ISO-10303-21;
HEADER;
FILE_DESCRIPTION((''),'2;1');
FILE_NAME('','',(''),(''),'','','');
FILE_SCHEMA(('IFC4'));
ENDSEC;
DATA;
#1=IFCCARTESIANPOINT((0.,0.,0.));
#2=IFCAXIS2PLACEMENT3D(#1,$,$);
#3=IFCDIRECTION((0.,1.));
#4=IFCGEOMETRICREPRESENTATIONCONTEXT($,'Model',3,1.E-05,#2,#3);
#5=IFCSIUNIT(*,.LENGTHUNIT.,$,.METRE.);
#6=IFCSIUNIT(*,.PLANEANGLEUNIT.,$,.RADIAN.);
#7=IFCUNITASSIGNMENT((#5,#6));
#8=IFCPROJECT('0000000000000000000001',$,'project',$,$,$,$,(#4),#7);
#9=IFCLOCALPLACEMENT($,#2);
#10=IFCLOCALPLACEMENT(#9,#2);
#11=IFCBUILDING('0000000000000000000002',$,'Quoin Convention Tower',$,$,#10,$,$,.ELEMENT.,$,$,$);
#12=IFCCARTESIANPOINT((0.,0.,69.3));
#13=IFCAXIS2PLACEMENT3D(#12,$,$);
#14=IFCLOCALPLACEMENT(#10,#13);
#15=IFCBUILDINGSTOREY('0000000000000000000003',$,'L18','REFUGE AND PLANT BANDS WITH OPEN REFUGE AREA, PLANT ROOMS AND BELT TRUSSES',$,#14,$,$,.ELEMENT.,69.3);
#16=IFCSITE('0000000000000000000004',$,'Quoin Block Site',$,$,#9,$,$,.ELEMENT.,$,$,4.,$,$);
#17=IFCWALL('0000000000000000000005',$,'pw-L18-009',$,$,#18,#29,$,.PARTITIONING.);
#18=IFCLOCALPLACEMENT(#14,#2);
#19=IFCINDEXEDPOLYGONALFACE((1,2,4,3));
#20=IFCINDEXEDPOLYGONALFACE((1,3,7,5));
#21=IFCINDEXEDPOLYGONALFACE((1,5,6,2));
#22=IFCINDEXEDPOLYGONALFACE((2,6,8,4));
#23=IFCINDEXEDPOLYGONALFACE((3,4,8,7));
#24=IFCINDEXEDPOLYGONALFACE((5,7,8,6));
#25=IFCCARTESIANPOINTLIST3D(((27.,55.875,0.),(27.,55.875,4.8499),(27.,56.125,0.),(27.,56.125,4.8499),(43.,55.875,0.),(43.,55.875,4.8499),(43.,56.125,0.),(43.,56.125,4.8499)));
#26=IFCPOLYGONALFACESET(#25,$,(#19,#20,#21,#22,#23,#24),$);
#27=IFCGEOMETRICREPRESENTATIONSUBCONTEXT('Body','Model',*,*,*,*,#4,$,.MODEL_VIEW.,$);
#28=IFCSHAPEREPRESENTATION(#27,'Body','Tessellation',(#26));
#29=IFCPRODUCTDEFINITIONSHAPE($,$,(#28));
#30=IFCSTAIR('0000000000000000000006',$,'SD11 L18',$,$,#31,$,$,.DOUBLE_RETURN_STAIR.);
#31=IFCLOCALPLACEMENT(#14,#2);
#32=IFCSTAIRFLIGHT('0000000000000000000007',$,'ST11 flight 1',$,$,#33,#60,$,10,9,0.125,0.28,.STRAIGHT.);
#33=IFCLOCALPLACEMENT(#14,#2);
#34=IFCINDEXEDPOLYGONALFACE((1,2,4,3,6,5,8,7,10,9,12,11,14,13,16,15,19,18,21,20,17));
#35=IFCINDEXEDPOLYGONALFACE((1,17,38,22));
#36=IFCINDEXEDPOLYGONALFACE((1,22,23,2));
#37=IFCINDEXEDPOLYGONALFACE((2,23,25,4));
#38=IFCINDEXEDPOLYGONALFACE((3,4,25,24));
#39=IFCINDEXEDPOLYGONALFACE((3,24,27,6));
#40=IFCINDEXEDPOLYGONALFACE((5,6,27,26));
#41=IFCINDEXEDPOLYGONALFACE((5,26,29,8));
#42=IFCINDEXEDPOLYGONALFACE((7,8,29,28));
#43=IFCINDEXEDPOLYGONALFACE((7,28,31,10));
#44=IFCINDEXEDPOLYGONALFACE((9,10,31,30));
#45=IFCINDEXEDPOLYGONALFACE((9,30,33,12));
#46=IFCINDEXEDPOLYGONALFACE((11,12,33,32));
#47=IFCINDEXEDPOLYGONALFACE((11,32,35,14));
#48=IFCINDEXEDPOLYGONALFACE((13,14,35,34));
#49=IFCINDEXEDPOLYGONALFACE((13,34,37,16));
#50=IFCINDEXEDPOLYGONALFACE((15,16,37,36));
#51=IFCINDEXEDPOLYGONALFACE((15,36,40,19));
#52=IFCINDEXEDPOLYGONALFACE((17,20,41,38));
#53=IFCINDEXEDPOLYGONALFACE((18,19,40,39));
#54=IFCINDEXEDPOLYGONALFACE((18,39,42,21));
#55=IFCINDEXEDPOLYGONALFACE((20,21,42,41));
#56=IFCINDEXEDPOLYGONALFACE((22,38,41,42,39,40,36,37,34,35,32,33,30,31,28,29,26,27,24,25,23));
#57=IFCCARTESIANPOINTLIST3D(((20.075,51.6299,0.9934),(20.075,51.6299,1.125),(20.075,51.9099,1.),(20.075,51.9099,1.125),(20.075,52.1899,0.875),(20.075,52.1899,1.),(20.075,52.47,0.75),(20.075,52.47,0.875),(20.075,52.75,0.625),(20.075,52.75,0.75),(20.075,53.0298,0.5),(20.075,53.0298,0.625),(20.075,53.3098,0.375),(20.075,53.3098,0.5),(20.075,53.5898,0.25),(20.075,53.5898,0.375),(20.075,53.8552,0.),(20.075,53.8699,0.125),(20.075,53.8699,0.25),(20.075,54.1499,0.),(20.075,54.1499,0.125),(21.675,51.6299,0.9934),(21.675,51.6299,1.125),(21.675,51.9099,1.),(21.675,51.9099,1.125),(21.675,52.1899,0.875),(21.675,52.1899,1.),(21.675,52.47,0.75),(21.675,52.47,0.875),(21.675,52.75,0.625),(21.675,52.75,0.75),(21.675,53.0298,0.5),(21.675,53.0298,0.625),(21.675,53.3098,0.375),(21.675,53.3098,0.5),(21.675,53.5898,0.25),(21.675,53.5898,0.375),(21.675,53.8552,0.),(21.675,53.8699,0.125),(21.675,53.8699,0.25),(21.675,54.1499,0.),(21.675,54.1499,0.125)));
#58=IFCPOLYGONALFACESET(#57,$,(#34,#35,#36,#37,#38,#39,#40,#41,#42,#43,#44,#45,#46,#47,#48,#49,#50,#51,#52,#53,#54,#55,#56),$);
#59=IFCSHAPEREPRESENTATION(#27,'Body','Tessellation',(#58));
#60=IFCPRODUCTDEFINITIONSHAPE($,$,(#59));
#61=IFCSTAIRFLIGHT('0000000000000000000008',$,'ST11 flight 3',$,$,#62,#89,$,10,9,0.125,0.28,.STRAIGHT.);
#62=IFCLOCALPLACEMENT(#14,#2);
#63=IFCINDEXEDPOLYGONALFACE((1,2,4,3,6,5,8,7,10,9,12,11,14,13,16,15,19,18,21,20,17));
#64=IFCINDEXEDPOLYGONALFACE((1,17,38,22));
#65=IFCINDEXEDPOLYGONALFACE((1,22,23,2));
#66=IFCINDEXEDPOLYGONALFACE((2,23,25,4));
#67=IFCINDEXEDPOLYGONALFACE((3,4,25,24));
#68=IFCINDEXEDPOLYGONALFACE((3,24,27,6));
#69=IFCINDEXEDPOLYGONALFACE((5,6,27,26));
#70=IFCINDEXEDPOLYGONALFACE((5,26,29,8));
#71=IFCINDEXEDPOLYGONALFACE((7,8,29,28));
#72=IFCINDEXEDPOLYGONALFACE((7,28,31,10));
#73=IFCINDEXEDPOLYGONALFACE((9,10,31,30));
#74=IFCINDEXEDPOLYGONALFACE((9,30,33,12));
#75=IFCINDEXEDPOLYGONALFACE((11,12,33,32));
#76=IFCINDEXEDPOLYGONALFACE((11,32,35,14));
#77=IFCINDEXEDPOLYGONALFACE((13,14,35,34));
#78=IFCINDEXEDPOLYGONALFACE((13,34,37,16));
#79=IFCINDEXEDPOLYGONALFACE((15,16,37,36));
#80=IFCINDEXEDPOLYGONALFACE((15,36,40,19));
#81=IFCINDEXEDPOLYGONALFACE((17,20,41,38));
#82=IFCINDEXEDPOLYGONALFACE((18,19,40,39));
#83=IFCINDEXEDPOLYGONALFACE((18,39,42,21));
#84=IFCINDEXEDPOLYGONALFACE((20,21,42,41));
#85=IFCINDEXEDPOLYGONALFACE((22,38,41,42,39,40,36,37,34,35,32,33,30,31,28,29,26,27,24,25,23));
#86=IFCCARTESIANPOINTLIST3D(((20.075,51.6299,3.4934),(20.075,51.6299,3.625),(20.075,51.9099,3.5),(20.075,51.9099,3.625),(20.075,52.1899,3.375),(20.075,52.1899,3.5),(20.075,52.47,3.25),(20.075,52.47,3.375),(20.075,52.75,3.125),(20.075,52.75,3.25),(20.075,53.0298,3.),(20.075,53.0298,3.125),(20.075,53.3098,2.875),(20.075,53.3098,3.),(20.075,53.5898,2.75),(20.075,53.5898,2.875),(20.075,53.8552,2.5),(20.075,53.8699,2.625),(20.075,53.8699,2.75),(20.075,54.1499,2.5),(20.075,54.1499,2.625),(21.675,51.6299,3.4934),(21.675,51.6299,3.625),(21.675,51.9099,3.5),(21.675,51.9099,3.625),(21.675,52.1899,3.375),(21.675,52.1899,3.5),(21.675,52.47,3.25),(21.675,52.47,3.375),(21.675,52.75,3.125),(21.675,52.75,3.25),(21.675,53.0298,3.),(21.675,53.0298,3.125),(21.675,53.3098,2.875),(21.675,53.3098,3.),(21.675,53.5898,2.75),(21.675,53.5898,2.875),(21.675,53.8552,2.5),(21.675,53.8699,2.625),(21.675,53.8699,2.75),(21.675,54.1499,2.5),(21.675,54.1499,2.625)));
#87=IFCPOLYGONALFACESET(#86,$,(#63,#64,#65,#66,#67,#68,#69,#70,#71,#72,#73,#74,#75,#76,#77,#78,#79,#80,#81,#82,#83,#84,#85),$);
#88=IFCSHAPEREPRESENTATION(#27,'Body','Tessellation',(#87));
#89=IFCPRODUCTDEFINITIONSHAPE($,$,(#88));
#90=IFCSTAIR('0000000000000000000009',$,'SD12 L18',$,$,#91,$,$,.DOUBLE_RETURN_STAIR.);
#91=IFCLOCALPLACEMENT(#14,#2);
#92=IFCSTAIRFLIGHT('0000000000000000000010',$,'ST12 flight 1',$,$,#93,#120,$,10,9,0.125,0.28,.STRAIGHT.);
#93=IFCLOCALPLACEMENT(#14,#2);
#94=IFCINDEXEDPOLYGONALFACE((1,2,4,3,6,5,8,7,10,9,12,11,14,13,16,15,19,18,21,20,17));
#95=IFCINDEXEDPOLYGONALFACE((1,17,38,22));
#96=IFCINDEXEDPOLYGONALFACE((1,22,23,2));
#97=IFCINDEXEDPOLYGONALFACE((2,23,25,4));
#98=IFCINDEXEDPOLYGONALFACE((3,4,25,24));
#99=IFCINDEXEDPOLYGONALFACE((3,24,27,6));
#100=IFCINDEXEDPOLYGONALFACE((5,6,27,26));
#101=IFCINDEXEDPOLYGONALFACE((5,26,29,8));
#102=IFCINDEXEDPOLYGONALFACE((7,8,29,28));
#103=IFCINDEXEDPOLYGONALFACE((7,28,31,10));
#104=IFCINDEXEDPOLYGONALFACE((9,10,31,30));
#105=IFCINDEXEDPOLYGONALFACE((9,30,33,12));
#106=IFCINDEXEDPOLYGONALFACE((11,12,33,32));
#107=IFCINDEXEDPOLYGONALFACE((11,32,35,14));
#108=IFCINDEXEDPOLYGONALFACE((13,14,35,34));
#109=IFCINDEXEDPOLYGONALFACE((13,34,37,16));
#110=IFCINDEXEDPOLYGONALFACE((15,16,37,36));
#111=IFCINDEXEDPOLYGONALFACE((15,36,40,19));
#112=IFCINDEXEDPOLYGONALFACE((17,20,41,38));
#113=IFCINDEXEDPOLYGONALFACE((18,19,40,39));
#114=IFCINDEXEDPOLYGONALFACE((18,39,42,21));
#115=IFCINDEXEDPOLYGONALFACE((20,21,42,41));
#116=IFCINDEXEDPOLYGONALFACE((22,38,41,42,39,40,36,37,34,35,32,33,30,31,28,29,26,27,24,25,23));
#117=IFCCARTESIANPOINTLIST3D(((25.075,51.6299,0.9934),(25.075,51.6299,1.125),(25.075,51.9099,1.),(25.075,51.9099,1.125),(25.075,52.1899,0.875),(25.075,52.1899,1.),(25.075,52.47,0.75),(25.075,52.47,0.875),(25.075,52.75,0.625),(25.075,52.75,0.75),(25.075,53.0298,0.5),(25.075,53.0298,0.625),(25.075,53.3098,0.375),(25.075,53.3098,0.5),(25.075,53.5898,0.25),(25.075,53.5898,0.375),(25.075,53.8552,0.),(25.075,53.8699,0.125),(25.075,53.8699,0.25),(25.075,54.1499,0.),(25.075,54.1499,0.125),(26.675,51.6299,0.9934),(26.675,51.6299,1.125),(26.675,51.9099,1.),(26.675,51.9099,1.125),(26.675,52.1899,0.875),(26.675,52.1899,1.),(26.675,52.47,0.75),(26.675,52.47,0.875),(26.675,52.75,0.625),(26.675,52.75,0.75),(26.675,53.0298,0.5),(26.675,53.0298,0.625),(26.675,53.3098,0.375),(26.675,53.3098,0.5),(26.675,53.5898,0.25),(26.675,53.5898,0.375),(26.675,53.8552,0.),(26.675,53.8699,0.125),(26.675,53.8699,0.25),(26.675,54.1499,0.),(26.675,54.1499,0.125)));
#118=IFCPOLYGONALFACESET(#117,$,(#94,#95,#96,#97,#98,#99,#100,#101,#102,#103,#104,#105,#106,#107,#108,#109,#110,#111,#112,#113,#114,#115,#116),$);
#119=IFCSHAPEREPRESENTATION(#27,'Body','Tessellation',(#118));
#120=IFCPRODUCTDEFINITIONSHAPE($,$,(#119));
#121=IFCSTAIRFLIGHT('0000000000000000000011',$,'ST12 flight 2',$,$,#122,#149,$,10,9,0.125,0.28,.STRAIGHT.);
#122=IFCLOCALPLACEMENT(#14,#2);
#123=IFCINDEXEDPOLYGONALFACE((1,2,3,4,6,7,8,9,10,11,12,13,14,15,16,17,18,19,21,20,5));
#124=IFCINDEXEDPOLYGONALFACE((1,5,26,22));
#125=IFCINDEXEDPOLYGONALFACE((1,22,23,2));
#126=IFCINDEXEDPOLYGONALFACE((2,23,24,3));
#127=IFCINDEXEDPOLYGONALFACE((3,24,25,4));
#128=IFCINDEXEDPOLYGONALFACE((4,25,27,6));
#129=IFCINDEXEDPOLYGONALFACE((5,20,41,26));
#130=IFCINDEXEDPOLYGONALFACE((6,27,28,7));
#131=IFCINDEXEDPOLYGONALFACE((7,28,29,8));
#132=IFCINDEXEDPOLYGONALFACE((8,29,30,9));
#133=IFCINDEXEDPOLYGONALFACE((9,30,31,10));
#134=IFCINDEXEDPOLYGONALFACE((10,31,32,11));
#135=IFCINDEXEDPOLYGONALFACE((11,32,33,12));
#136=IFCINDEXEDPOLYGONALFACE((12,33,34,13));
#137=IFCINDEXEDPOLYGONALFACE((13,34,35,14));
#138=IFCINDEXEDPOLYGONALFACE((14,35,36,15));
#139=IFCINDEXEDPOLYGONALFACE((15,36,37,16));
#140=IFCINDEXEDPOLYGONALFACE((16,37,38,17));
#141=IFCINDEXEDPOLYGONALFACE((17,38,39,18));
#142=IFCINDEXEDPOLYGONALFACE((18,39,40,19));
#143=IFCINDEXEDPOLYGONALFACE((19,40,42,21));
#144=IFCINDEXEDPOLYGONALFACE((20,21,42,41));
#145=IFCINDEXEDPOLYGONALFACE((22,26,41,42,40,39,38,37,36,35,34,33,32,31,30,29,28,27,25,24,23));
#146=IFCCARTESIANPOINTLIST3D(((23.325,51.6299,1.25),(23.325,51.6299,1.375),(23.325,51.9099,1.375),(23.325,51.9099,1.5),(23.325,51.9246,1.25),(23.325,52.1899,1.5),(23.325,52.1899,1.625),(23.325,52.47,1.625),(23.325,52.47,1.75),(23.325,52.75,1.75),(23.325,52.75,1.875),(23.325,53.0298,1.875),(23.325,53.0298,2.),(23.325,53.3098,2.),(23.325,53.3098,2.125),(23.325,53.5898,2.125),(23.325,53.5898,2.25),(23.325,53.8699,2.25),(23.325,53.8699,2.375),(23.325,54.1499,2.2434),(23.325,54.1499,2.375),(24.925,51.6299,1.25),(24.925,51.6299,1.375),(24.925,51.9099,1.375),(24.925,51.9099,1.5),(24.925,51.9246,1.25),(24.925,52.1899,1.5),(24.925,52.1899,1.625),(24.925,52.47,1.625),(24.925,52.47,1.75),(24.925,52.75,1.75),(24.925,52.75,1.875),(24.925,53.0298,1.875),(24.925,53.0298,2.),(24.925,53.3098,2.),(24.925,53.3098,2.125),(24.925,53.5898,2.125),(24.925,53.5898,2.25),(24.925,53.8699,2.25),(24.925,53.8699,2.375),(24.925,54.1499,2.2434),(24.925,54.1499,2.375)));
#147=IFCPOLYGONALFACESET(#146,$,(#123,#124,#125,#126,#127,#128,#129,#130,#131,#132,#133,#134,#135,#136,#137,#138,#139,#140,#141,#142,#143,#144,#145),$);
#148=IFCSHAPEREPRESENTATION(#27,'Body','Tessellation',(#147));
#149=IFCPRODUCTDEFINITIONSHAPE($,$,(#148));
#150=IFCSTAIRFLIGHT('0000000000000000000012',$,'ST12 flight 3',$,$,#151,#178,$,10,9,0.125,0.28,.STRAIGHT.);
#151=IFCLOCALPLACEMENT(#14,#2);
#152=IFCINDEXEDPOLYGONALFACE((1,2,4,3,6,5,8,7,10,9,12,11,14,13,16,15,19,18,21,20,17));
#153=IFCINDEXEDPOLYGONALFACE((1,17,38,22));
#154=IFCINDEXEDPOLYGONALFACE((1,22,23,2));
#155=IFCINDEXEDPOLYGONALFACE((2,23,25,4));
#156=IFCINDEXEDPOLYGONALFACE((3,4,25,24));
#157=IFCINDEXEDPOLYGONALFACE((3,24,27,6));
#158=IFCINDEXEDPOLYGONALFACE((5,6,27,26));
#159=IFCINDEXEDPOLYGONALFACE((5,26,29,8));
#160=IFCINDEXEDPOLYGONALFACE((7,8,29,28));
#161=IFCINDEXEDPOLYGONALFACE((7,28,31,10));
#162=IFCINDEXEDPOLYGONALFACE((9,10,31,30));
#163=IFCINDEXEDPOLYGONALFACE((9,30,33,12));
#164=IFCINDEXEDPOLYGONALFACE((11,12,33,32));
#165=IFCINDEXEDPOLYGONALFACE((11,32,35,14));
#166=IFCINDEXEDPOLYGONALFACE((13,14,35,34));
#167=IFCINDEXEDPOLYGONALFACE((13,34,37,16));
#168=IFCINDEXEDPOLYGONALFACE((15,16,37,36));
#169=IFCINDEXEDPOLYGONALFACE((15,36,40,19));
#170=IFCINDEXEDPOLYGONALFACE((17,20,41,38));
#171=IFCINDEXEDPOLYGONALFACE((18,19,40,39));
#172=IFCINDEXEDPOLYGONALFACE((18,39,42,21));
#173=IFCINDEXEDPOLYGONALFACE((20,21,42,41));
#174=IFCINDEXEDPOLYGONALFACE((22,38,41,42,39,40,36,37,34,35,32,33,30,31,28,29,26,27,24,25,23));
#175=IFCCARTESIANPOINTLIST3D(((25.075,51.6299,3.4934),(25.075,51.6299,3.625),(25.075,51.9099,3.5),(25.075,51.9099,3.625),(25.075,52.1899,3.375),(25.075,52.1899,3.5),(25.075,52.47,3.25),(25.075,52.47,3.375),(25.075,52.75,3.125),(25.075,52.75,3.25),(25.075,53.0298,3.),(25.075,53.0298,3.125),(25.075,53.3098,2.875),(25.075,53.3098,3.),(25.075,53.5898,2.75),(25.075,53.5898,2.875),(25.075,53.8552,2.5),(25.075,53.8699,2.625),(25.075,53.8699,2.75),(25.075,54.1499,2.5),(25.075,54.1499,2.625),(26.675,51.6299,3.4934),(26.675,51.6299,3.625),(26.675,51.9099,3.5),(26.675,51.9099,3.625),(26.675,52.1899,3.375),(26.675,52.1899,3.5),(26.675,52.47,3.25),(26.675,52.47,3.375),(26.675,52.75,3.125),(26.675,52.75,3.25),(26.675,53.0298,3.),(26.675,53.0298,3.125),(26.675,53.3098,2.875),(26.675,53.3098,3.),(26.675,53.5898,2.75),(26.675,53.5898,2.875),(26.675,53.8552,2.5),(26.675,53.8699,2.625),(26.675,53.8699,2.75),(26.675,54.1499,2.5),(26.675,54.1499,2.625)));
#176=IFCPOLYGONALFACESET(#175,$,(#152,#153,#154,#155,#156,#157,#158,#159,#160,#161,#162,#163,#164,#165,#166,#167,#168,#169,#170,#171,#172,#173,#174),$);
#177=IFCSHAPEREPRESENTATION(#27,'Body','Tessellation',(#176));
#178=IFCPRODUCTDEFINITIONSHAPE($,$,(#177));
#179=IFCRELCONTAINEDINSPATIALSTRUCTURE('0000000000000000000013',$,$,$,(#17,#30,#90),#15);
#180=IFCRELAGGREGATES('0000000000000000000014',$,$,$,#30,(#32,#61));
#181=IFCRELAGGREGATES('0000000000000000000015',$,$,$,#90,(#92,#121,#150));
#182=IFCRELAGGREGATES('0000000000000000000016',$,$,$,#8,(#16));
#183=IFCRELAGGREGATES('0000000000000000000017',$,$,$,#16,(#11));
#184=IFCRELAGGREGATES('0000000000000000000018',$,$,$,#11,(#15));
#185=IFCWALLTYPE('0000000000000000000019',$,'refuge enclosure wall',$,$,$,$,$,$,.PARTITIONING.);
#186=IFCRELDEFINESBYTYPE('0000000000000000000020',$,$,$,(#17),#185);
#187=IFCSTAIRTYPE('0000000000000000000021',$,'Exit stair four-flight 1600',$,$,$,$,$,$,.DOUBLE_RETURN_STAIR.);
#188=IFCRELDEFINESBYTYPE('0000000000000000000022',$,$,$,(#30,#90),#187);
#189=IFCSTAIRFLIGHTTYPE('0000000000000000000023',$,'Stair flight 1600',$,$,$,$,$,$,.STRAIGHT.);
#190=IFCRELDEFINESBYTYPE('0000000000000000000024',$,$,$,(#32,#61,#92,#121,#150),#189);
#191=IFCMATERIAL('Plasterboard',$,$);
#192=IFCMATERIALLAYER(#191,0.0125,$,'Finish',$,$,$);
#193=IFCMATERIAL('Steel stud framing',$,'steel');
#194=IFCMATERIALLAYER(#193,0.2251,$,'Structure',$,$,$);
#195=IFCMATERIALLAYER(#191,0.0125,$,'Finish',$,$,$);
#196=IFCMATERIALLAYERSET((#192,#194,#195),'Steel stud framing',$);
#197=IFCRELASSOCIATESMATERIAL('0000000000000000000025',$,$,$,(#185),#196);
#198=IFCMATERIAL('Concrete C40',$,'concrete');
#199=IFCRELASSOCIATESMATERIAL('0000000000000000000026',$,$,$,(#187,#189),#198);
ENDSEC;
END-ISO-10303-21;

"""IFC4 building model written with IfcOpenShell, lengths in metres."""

from ifc_helpers import new_model, si_unit, direction, frame, frame_2d, origin, place, context, subcontext, project, spatial, polyline, rectangle, outline, extrude, material, layer, layer_set, type_object, element, aggregate, save


model = new_model("IFC4")

# Units and contexts
model_context = context("Model", 3, precision=1e-05, world=origin(), true_north=direction((0.0, 1.0)))
body_context = subcontext(model_context, "Body", "Model", "MODEL_VIEW")
ifc_project = project(units=[si_unit("LENGTHUNIT", "METRE"), si_unit("PLANEANGLEUNIT", "RADIAN")], contexts=[model_context])

# Site, building, storey
site_placement = place(None, origin())
site = spatial("IfcSite", under=ifc_project, at=site_placement, Name="Quoin Block Site", CompositionType="ELEMENT", RefElevation=4.0)
building_placement = place(site_placement, origin())
building = spatial("IfcBuilding", under=site, at=building_placement, Name="Quoin Convention Tower", CompositionType="ELEMENT")
storey_placement = place(building_placement, frame((0.0, 0.0, 69.3)))
storey = spatial("IfcBuildingStorey", under=building, at=storey_placement, Name="L18", Description="REFUGE AND PLANT BANDS WITH OPEN REFUGE AREA, PLANT ROOMS AND BELT TRUSSES", CompositionType="ELEMENT", Elevation=69.3)

# Wall
ifc_material_1 = material(Name="Plasterboard")
ifc_layer_1 = layer(ifc_material_1, 0.0125, Name="Finish")
ifc_material_2 = material(Name="Steel stud framing", Category="steel")
ifc_layer_2 = layer(ifc_material_2, 0.2251, Name="Structure")
ifc_layer_3 = layer(ifc_material_1, 0.0125, Name="Finish")
ifc_layer_set_1 = layer_set([ifc_layer_1, ifc_layer_2, ifc_layer_3], Name="Steel stud framing")
wall_type_1 = type_object("IfcWallType", Name="refuge enclosure wall", PredefinedType="PARTITIONING", material=ifc_layer_set_1)
wall_1_placement = place(storey_placement, frame((27.0, 56.0, 0.0), z_axis=(0.0, 0.0, 1.0), x_axis=(1.0, 0.0, 0.0)))
element("IfcWall", 1, at=wall_1_placement, inside=storey, type_object=wall_type_1, Name="pw-L18-009", PredefinedType="PARTITIONING", context=body_context, shape_type="SweptSolid", body=[
    extrude(rectangle(XDim=16.0, YDim=0.25, at=frame_2d((8.0, 0.0))), origin(), (0.0, 0.0, 1.0), 4.8499),
])

# Stairs, stair flights
ifc_material_3 = material(Name="Concrete C40", Category="concrete")
stair_type = type_object("IfcStairType", Name="Exit stair four-flight 1600", PredefinedType="DOUBLE_RETURN_STAIR", material=ifc_material_3)
stair_1_placement = place(storey_placement, origin())
stair_1 = element("IfcStair", 2, at=stair_1_placement, inside=storey, type_object=stair_type, Name="SD11 L18", PredefinedType="DOUBLE_RETURN_STAIR")
stair_flight_type = type_object("IfcStairFlightType", Name="Stair flight 1600", PredefinedType="STRAIGHT", material=ifc_material_3)
stair_flight_1_placement = place(storey_placement, frame((20.875, 54.1499, 0.0), z_axis=(0.0, 0.0, 1.0), x_axis=(0.0, -1.0, 0.0)))
stair_flight_1 = element("IfcStairFlight", 3, at=stair_flight_1_placement, type_object=stair_flight_type, Name="ST11 flight 1", NumberOfRisers=10, NumberOfTreads=9, PredefinedType="STRAIGHT", RiserHeight=0.125, TreadLength=0.28, context=body_context, shape_type="SweptSolid", body=[
    extrude(outline(polyline([(0.0, 0.0), (0.0, 0.125), (0.28, 0.125), (0.28, 0.25), (0.5601, 0.25), (0.5601, 0.375), (0.8401, 0.375), (0.8401, 0.5), (1.1201, 0.5), (1.1201, 0.625), (1.3999, 0.625), (1.3999, 0.75), (1.6799, 0.75), (1.6799, 0.875), (1.96, 0.875), (1.96, 1.0), (2.24, 1.0), (2.24, 1.125), (2.52, 1.125), (2.52, 1.25), (2.52, 0.9934), (0.2947, 0.0), (0.0, 0.0)])), frame((0.0, 0.8, 0.0), z_axis=(0.0, -1.0, 0.0), x_axis=(1.0, 0.0, 0.0)), (0.0, 0.0, 1.0), 1.6001),
])
stair_flight_2_placement = place(storey_placement, frame((20.875, 54.1499, 2.5), z_axis=(0.0, 0.0, 1.0), x_axis=(0.0, -1.0, 0.0)))
stair_flight_2 = element("IfcStairFlight", 4, at=stair_flight_2_placement, type_object=stair_flight_type, Name="ST11 flight 3", NumberOfRisers=10, NumberOfTreads=9, PredefinedType="STRAIGHT", RiserHeight=0.125, TreadLength=0.28, context=body_context, shape_type="SweptSolid", body=[
    extrude(outline(polyline([(0.0, 0.0), (0.0, 0.125), (0.28, 0.125), (0.28, 0.25), (0.5601, 0.25), (0.5601, 0.375), (0.8401, 0.375), (0.8401, 0.5), (1.1201, 0.5), (1.1201, 0.625), (1.3999, 0.625), (1.3999, 0.75), (1.6799, 0.75), (1.6799, 0.875), (1.96, 0.875), (1.96, 1.0), (2.24, 1.0), (2.24, 1.125), (2.52, 1.125), (2.52, 1.25), (2.52, 0.9934), (0.2947, 0.0), (0.0, 0.0)])), frame((0.0, 0.8, 0.0), z_axis=(0.0, -1.0, 0.0), x_axis=(1.0, 0.0, 0.0)), (0.0, 0.0, 1.0), 1.6001),
])
aggregate(stair_1, [stair_flight_1, stair_flight_2])
stair_2_placement = place(storey_placement, origin())
stair_2 = element("IfcStair", 5, at=stair_2_placement, inside=storey, type_object=stair_type, Name="SD12 L18", PredefinedType="DOUBLE_RETURN_STAIR")
stair_flight_3_placement = place(storey_placement, frame((25.875, 54.1499, 0.0), z_axis=(0.0, 0.0, 1.0), x_axis=(0.0, -1.0, 0.0)))
stair_flight_3 = element("IfcStairFlight", 6, at=stair_flight_3_placement, type_object=stair_flight_type, Name="ST12 flight 1", NumberOfRisers=10, NumberOfTreads=9, PredefinedType="STRAIGHT", RiserHeight=0.125, TreadLength=0.28, context=body_context, shape_type="SweptSolid", body=[
    extrude(outline(polyline([(0.0, 0.0), (0.0, 0.125), (0.28, 0.125), (0.28, 0.25), (0.5601, 0.25), (0.5601, 0.375), (0.8401, 0.375), (0.8401, 0.5), (1.1201, 0.5), (1.1201, 0.625), (1.3999, 0.625), (1.3999, 0.75), (1.6799, 0.75), (1.6799, 0.875), (1.96, 0.875), (1.96, 1.0), (2.24, 1.0), (2.24, 1.125), (2.52, 1.125), (2.52, 1.25), (2.52, 0.9934), (0.2947, 0.0), (0.0, 0.0)])), frame((0.0, 0.8, 0.0), z_axis=(0.0, -1.0, 0.0), x_axis=(1.0, 0.0, 0.0)), (0.0, 0.0, 1.0), 1.6001),
])
stair_flight_4_placement = place(storey_placement, frame((24.125, 51.6299, 1.25), z_axis=(0.0, 0.0, 1.0), x_axis=(0.0, 1.0, 0.0)))
stair_flight_4 = element("IfcStairFlight", 7, at=stair_flight_4_placement, type_object=stair_flight_type, Name="ST12 flight 2", NumberOfRisers=10, NumberOfTreads=9, PredefinedType="STRAIGHT", RiserHeight=0.125, TreadLength=0.28, context=body_context, shape_type="SweptSolid", body=[
    extrude(outline(polyline([(0.0, 0.0), (0.0, 0.125), (0.28, 0.125), (0.28, 0.25), (0.5601, 0.25), (0.5601, 0.375), (0.8401, 0.375), (0.8401, 0.5), (1.1201, 0.5), (1.1201, 0.625), (1.3999, 0.625), (1.3999, 0.75), (1.6799, 0.75), (1.6799, 0.875), (1.96, 0.875), (1.96, 1.0), (2.24, 1.0), (2.24, 1.125), (2.52, 1.125), (2.52, 1.25), (2.52, 0.9934), (0.2947, 0.0), (0.0, 0.0)])), frame((0.0, 0.8, 0.0), z_axis=(0.0, -1.0, 0.0), x_axis=(1.0, 0.0, 0.0)), (0.0, 0.0, 1.0), 1.6001),
])
stair_flight_5_placement = place(storey_placement, frame((25.875, 54.1499, 2.5), z_axis=(0.0, 0.0, 1.0), x_axis=(0.0, -1.0, 0.0)))
stair_flight_5 = element("IfcStairFlight", 8, at=stair_flight_5_placement, type_object=stair_flight_type, Name="ST12 flight 3", NumberOfRisers=10, NumberOfTreads=9, PredefinedType="STRAIGHT", RiserHeight=0.125, TreadLength=0.28, context=body_context, shape_type="SweptSolid", body=[
    extrude(outline(polyline([(0.0, 0.0), (0.0, 0.125), (0.28, 0.125), (0.28, 0.25), (0.5601, 0.25), (0.5601, 0.375), (0.8401, 0.375), (0.8401, 0.5), (1.1201, 0.5), (1.1201, 0.625), (1.3999, 0.625), (1.3999, 0.75), (1.6799, 0.75), (1.6799, 0.875), (1.96, 0.875), (1.96, 1.0), (2.24, 1.0), (2.24, 1.125), (2.52, 1.125), (2.52, 1.25), (2.52, 0.9934), (0.2947, 0.0), (0.0, 0.0)])), frame((0.0, 0.8, 0.0), z_axis=(0.0, -1.0, 0.0), x_axis=(1.0, 0.0, 0.0)), (0.0, 0.0, 1.0), 1.6001),
])
aggregate(stair_2, [stair_flight_3, stair_flight_4, stair_flight_5])

save(model, "model.ifc")
